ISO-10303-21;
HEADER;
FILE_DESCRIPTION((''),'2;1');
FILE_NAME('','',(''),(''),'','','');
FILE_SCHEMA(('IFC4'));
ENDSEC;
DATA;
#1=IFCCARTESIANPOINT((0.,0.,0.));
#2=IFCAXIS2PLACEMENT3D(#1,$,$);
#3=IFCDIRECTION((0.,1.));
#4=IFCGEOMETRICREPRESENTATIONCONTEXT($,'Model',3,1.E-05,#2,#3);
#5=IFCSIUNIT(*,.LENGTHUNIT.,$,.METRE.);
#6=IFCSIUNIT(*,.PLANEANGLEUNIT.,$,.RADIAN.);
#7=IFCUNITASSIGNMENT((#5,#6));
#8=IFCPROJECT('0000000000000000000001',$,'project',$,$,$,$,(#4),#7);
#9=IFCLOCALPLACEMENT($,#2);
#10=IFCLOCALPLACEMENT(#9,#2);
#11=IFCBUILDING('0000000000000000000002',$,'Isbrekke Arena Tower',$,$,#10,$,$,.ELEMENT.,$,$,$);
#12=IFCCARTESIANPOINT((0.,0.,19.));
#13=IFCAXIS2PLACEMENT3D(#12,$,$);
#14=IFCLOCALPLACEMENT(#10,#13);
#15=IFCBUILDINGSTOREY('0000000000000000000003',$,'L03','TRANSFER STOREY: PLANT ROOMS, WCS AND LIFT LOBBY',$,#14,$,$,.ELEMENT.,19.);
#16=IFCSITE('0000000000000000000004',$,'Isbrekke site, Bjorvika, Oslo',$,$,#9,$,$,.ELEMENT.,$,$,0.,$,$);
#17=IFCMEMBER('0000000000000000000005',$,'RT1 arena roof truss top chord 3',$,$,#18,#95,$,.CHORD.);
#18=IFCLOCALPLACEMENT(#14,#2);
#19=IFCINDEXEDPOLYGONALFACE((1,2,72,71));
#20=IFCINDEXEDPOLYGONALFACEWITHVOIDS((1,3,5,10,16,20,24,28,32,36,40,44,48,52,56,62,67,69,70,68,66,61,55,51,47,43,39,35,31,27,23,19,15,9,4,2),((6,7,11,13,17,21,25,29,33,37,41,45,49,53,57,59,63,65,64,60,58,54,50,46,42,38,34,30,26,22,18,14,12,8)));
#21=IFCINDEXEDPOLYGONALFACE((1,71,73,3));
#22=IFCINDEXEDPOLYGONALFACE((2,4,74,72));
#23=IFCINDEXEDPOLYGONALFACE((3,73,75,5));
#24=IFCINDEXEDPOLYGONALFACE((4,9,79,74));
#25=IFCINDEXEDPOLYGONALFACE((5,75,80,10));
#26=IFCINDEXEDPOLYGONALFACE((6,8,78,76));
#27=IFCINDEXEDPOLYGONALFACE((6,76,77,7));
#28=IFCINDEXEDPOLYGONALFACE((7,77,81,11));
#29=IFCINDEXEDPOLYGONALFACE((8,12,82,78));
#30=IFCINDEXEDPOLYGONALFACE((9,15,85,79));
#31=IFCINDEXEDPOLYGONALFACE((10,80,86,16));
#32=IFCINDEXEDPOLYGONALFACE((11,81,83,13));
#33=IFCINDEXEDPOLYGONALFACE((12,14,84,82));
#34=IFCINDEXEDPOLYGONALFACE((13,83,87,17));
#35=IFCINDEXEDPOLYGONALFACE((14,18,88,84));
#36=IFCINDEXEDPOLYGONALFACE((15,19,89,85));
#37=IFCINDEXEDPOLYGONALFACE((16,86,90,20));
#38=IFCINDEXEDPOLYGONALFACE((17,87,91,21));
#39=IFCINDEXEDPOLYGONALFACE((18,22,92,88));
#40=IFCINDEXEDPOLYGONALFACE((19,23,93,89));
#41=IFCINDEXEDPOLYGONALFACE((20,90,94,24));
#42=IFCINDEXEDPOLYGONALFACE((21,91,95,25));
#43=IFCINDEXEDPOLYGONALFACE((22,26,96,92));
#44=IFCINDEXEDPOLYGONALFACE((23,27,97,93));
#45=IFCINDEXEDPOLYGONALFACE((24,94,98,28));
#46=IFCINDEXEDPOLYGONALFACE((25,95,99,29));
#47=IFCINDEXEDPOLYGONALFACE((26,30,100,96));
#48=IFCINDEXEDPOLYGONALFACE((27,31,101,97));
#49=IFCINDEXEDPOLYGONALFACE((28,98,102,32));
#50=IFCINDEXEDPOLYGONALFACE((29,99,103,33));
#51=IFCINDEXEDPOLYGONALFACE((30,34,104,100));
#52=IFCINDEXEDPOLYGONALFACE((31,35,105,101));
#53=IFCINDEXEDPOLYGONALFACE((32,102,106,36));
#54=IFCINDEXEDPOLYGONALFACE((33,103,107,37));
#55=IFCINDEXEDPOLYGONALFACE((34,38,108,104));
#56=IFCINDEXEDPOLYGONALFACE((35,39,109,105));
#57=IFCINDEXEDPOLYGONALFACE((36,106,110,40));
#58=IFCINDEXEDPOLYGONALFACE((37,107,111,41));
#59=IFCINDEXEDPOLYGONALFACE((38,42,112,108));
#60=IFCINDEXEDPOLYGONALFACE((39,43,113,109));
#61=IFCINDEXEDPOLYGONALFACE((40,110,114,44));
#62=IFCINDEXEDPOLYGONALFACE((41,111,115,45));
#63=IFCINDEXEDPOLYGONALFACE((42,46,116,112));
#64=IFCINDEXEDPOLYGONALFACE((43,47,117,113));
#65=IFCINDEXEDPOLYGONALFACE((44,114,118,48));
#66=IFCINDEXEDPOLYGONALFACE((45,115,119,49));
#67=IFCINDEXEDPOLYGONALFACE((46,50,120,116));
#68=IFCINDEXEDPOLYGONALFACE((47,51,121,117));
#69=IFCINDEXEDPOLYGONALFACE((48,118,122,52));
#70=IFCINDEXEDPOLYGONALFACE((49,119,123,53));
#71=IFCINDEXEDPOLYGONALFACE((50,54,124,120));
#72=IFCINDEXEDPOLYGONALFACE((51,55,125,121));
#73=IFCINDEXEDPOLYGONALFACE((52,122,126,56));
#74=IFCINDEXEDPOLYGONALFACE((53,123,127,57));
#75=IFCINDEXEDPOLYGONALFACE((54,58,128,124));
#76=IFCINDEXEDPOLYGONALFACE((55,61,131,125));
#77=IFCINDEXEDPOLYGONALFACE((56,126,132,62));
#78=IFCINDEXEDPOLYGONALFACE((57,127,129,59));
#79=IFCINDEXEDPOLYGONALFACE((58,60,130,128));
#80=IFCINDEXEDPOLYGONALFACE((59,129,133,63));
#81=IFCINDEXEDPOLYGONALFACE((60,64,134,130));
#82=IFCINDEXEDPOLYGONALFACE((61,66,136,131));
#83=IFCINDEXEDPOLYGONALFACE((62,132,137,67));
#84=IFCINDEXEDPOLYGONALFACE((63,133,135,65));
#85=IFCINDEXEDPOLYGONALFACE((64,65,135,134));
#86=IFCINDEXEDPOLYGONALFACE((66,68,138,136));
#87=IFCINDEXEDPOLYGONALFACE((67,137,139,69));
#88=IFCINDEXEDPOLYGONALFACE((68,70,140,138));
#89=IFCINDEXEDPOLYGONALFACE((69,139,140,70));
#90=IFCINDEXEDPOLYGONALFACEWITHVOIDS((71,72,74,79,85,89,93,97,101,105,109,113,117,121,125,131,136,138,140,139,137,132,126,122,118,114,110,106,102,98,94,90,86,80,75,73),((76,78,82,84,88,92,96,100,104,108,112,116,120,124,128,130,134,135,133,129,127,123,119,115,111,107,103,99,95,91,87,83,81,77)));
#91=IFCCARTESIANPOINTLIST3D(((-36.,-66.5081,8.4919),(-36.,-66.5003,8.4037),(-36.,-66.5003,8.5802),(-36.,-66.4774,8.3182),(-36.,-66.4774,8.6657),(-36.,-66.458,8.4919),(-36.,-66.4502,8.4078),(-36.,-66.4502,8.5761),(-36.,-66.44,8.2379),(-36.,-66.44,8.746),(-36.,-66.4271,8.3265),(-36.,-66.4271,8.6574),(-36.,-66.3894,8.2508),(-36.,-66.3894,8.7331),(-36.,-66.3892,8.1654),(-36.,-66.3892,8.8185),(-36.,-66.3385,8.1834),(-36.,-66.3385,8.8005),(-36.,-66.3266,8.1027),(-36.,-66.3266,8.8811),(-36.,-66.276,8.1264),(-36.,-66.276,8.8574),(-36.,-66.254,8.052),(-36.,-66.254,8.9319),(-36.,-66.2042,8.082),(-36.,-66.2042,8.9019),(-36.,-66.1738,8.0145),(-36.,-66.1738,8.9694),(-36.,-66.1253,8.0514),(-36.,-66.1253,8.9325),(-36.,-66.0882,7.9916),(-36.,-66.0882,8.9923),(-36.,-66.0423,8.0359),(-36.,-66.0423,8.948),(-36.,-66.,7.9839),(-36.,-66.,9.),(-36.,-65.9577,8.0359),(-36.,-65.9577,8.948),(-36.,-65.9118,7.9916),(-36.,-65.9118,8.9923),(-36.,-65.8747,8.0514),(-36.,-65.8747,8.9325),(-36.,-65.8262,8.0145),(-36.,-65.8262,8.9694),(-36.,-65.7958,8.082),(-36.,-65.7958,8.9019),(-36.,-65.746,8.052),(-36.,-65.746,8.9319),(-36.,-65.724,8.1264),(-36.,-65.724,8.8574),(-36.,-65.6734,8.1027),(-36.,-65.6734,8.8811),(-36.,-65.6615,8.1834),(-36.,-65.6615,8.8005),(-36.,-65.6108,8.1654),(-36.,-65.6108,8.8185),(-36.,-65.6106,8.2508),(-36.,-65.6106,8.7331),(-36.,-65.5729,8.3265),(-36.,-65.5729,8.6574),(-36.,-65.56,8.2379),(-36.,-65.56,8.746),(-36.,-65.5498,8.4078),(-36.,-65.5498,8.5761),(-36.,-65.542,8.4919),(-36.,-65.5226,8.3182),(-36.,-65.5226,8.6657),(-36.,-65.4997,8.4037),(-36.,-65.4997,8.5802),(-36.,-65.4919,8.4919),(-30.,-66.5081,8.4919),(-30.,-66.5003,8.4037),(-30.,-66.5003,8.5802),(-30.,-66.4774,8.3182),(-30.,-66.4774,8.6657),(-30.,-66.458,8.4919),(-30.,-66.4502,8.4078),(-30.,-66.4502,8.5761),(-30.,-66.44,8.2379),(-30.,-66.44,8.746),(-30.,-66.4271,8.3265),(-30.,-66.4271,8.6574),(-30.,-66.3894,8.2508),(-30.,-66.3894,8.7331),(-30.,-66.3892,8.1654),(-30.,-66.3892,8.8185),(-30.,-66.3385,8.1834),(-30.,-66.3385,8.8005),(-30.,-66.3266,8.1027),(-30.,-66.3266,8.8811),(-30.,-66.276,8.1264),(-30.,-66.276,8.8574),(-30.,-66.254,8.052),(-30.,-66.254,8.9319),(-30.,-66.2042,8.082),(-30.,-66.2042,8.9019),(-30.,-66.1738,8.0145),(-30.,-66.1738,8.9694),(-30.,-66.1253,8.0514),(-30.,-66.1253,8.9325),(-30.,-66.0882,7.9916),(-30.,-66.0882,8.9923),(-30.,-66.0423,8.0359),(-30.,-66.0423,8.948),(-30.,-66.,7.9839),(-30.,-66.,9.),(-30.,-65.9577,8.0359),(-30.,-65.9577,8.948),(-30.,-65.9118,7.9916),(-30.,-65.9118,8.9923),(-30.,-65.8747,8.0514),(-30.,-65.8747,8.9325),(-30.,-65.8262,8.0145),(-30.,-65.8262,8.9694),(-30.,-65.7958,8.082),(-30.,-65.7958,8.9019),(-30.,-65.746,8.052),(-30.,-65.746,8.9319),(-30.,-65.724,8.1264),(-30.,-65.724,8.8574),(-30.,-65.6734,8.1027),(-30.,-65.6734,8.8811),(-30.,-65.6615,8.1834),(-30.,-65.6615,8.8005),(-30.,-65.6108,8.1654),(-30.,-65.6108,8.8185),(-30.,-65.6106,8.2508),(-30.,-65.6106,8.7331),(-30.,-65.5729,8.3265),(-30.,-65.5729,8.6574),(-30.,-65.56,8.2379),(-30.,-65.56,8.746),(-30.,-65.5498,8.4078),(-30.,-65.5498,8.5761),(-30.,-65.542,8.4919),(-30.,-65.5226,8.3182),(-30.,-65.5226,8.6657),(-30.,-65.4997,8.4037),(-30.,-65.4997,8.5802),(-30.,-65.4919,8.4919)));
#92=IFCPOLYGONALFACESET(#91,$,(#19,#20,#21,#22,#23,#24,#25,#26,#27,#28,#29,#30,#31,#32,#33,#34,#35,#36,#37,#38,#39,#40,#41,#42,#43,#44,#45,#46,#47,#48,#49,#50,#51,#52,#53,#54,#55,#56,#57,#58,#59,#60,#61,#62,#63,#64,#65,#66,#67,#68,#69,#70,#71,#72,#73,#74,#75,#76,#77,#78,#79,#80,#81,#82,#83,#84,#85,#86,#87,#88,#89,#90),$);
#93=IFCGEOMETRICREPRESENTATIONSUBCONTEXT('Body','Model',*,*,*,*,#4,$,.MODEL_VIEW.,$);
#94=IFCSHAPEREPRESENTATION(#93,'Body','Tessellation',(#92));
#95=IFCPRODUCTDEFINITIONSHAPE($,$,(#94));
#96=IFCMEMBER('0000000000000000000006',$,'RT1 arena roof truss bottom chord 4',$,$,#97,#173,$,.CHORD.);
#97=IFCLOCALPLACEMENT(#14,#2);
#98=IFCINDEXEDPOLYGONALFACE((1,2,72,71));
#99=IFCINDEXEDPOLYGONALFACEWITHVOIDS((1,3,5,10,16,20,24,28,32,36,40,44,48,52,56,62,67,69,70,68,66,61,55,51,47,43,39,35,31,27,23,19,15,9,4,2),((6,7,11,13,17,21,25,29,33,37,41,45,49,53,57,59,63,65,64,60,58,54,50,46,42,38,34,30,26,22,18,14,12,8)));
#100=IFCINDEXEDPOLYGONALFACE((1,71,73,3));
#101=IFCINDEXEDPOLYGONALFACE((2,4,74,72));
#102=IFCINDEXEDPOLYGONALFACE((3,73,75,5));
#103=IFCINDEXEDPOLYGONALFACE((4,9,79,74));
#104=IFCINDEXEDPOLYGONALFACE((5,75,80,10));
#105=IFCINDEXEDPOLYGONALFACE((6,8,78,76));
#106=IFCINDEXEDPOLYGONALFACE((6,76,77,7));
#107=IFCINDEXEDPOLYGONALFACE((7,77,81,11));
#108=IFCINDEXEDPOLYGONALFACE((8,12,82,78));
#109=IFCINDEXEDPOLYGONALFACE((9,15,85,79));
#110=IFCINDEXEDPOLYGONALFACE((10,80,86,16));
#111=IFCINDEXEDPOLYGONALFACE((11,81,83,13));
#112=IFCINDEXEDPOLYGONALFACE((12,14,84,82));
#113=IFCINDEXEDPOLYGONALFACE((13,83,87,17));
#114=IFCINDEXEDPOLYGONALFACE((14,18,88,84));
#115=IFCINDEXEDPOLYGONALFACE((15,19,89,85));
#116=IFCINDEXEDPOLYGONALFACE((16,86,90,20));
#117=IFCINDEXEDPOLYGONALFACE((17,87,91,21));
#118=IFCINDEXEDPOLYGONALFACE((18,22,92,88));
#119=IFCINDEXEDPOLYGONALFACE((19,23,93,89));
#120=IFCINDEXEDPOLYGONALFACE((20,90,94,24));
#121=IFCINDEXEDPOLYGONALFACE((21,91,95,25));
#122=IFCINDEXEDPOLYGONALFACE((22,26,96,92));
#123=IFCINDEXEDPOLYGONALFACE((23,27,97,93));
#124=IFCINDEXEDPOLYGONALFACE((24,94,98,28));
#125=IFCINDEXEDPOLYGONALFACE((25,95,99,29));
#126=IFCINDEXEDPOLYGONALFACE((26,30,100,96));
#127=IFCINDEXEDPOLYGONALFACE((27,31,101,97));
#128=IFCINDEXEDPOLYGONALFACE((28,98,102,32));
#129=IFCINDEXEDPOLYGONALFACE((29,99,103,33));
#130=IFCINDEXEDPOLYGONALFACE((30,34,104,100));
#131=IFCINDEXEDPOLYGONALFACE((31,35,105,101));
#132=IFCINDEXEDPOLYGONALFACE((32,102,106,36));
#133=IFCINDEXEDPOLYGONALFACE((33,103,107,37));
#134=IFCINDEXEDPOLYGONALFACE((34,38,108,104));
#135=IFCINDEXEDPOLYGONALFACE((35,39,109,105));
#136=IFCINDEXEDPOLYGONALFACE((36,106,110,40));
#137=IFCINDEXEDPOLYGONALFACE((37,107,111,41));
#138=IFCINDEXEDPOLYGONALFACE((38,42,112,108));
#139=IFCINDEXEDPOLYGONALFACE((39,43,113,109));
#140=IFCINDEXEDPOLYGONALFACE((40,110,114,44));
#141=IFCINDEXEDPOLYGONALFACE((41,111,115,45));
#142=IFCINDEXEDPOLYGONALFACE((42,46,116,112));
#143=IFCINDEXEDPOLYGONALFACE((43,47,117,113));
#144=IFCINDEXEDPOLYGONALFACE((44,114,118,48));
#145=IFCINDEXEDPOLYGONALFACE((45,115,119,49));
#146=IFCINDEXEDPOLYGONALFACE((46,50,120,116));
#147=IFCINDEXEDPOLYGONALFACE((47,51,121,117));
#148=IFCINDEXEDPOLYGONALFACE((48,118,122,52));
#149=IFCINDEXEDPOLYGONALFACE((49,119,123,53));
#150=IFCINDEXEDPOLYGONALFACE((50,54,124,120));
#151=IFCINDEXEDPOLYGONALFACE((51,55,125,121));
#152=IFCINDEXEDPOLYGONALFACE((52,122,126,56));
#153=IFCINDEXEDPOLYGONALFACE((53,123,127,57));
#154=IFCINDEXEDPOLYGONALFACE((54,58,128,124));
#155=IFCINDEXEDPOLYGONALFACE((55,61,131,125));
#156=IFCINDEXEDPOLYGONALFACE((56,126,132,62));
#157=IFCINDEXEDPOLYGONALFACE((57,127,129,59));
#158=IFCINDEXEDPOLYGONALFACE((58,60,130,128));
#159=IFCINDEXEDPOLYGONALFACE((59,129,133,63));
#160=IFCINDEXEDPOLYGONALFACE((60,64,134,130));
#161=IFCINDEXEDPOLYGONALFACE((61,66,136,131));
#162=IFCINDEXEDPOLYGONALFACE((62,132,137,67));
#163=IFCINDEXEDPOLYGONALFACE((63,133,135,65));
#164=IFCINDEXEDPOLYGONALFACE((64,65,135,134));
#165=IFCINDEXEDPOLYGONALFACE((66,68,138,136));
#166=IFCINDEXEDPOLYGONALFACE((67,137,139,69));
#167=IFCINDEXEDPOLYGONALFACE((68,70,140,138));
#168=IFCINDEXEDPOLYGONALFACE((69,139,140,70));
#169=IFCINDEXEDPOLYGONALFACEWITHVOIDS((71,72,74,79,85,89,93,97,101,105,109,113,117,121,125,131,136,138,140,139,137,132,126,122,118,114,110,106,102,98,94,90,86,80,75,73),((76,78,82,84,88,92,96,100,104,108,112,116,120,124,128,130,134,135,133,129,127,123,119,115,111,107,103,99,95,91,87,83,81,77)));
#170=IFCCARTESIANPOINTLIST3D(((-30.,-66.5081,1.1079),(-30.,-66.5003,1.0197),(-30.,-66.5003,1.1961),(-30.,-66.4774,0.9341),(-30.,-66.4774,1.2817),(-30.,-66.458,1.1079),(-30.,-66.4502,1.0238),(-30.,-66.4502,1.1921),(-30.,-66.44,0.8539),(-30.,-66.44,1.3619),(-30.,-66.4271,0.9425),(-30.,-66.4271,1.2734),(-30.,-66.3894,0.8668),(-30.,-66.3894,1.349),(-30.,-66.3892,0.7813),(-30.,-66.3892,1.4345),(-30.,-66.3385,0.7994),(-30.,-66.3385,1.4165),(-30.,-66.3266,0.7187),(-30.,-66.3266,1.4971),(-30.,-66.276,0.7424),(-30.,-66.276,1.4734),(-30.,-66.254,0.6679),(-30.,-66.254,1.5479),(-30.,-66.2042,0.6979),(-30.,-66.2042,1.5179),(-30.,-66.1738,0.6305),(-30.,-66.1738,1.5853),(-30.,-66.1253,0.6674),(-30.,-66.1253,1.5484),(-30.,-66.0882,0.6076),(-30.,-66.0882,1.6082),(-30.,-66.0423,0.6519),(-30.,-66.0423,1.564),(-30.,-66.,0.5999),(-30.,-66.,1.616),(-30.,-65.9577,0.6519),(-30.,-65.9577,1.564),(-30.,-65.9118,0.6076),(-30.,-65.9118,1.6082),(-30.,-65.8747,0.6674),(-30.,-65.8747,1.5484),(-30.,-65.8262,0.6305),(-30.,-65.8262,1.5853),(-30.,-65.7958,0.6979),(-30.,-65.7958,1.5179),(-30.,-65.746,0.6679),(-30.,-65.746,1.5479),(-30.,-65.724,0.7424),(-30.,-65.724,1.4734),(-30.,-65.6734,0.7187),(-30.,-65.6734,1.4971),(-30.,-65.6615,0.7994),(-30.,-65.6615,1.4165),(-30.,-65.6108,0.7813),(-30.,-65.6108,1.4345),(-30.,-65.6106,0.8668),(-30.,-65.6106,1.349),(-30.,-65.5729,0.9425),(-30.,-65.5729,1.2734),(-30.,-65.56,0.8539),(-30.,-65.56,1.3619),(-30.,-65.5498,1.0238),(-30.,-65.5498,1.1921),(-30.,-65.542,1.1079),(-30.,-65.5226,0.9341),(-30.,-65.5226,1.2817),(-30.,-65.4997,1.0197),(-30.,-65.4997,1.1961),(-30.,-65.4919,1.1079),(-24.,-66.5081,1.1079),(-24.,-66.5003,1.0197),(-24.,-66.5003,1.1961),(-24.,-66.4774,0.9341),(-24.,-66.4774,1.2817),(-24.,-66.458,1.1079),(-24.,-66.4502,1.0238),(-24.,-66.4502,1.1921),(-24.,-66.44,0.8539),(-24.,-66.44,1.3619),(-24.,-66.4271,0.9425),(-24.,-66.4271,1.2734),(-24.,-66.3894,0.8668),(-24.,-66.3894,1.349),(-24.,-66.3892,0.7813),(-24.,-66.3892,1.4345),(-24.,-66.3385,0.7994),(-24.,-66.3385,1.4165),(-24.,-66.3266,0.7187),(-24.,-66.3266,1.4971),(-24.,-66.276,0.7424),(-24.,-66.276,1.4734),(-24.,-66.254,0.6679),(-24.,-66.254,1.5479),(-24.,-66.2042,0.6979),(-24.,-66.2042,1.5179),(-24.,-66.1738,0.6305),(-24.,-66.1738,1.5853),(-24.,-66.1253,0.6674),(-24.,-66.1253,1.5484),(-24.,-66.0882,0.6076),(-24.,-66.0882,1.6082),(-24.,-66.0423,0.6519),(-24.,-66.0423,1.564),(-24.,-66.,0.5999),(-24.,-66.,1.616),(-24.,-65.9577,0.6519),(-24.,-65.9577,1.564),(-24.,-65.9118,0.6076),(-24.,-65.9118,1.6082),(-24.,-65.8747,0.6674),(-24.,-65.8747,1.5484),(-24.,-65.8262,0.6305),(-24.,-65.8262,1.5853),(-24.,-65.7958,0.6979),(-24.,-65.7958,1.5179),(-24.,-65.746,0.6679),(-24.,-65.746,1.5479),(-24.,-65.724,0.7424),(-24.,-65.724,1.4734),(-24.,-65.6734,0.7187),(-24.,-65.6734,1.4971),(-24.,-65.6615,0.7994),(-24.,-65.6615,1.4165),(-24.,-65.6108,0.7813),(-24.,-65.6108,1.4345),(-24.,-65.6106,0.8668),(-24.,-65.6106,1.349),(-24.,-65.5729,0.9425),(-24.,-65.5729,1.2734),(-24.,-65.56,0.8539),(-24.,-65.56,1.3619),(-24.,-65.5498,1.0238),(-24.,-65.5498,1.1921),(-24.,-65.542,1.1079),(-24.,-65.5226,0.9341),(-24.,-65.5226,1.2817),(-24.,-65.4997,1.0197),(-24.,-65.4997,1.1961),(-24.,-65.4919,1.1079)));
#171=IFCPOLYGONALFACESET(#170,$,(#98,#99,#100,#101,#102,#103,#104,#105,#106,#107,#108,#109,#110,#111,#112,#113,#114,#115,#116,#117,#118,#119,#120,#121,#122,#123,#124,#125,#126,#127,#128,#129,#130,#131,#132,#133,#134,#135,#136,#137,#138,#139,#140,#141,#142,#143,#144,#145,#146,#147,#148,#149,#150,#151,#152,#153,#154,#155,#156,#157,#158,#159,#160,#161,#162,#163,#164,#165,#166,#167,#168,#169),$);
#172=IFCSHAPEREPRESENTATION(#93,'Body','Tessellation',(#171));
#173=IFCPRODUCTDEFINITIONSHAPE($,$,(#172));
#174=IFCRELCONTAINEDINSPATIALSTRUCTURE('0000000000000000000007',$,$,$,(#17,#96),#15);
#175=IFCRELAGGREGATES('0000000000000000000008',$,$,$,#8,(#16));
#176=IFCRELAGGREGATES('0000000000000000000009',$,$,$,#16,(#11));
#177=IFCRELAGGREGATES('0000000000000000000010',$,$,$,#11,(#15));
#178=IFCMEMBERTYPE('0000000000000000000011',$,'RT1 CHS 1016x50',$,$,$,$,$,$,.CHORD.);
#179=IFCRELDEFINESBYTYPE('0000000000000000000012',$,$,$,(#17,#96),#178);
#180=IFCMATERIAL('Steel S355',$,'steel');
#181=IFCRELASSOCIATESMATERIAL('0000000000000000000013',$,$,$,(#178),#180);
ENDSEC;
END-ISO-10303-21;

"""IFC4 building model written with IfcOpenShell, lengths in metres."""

from ifc_helpers import new_model, si_unit, direction, frame, origin, origin_2d, place, context, subcontext, project, spatial, hollow_circle, extrude, material, material_profile, profile_set, type_object, element, save


model = new_model("IFC4")

# Units and contexts
model_context = context("Model", 3, precision=1e-05, world=origin(), true_north=direction((0.0, 1.0)))
body_context = subcontext(model_context, "Body", "Model", "MODEL_VIEW")
ifc_project = project(units=[si_unit("LENGTHUNIT", "METRE"), si_unit("PLANEANGLEUNIT", "RADIAN")], contexts=[model_context])

# Site, building, storey
site_placement = place(None, origin())
site = spatial("IfcSite", under=ifc_project, at=site_placement, Name="Isbrekke site, Bjorvika, Oslo", CompositionType="ELEMENT", RefElevation=0.0)
building_placement = place(site_placement, origin())
building = spatial("IfcBuilding", under=site, at=building_placement, Name="Isbrekke Arena Tower", CompositionType="ELEMENT")
storey_placement = place(building_placement, frame((0.0, 0.0, 19.0)))
storey = spatial("IfcBuildingStorey", under=building, at=storey_placement, Name="L03", Description="TRANSFER STOREY: PLANT ROOMS, WCS AND LIFT LOBBY", CompositionType="ELEMENT", Elevation=19.0)

# Members
ifc_material_1 = material(Name="Steel S355", Category="steel")
ifc_material_profile_1 = material_profile(ifc_material_1, hollow_circle(Radius=0.5081, WallThickness=0.05, at=origin_2d()), Name="CHS 1016x50")
ifc_profile_set_1 = profile_set([ifc_material_profile_1], Name="Steel S355")
member_type_1 = type_object("IfcMemberType", Name="RT1 CHS 1016x50", PredefinedType="CHORD", material=ifc_profile_set_1)
for number, where, z_axis, x_axis, name in (
    (1, (-36.0, -66.0, 8.4919), (1.0, 0.0, 0.0), (0.0, 1.0, 0.0), "RT1 arena roof truss top chord 3"),
    (2, (-30.0, -66.0, 1.1079), (1.0, 0.0, 0.0), (0.0, 1.0, 0.0), "RT1 arena roof truss bottom chord 4"),
):
    element("IfcMember", number, at=place(storey_placement, frame(where, z_axis=z_axis, x_axis=x_axis)), inside=storey, type_object=member_type_1, Name=name, PredefinedType="CHORD", context=body_context, shape_type="SweptSolid", body=[
        extrude(hollow_circle(Radius=0.5081, WallThickness=0.05, at=origin_2d()), origin(), (0.0, 0.0, 1.0), 6.0),
    ])

save(model, "model.ifc")
